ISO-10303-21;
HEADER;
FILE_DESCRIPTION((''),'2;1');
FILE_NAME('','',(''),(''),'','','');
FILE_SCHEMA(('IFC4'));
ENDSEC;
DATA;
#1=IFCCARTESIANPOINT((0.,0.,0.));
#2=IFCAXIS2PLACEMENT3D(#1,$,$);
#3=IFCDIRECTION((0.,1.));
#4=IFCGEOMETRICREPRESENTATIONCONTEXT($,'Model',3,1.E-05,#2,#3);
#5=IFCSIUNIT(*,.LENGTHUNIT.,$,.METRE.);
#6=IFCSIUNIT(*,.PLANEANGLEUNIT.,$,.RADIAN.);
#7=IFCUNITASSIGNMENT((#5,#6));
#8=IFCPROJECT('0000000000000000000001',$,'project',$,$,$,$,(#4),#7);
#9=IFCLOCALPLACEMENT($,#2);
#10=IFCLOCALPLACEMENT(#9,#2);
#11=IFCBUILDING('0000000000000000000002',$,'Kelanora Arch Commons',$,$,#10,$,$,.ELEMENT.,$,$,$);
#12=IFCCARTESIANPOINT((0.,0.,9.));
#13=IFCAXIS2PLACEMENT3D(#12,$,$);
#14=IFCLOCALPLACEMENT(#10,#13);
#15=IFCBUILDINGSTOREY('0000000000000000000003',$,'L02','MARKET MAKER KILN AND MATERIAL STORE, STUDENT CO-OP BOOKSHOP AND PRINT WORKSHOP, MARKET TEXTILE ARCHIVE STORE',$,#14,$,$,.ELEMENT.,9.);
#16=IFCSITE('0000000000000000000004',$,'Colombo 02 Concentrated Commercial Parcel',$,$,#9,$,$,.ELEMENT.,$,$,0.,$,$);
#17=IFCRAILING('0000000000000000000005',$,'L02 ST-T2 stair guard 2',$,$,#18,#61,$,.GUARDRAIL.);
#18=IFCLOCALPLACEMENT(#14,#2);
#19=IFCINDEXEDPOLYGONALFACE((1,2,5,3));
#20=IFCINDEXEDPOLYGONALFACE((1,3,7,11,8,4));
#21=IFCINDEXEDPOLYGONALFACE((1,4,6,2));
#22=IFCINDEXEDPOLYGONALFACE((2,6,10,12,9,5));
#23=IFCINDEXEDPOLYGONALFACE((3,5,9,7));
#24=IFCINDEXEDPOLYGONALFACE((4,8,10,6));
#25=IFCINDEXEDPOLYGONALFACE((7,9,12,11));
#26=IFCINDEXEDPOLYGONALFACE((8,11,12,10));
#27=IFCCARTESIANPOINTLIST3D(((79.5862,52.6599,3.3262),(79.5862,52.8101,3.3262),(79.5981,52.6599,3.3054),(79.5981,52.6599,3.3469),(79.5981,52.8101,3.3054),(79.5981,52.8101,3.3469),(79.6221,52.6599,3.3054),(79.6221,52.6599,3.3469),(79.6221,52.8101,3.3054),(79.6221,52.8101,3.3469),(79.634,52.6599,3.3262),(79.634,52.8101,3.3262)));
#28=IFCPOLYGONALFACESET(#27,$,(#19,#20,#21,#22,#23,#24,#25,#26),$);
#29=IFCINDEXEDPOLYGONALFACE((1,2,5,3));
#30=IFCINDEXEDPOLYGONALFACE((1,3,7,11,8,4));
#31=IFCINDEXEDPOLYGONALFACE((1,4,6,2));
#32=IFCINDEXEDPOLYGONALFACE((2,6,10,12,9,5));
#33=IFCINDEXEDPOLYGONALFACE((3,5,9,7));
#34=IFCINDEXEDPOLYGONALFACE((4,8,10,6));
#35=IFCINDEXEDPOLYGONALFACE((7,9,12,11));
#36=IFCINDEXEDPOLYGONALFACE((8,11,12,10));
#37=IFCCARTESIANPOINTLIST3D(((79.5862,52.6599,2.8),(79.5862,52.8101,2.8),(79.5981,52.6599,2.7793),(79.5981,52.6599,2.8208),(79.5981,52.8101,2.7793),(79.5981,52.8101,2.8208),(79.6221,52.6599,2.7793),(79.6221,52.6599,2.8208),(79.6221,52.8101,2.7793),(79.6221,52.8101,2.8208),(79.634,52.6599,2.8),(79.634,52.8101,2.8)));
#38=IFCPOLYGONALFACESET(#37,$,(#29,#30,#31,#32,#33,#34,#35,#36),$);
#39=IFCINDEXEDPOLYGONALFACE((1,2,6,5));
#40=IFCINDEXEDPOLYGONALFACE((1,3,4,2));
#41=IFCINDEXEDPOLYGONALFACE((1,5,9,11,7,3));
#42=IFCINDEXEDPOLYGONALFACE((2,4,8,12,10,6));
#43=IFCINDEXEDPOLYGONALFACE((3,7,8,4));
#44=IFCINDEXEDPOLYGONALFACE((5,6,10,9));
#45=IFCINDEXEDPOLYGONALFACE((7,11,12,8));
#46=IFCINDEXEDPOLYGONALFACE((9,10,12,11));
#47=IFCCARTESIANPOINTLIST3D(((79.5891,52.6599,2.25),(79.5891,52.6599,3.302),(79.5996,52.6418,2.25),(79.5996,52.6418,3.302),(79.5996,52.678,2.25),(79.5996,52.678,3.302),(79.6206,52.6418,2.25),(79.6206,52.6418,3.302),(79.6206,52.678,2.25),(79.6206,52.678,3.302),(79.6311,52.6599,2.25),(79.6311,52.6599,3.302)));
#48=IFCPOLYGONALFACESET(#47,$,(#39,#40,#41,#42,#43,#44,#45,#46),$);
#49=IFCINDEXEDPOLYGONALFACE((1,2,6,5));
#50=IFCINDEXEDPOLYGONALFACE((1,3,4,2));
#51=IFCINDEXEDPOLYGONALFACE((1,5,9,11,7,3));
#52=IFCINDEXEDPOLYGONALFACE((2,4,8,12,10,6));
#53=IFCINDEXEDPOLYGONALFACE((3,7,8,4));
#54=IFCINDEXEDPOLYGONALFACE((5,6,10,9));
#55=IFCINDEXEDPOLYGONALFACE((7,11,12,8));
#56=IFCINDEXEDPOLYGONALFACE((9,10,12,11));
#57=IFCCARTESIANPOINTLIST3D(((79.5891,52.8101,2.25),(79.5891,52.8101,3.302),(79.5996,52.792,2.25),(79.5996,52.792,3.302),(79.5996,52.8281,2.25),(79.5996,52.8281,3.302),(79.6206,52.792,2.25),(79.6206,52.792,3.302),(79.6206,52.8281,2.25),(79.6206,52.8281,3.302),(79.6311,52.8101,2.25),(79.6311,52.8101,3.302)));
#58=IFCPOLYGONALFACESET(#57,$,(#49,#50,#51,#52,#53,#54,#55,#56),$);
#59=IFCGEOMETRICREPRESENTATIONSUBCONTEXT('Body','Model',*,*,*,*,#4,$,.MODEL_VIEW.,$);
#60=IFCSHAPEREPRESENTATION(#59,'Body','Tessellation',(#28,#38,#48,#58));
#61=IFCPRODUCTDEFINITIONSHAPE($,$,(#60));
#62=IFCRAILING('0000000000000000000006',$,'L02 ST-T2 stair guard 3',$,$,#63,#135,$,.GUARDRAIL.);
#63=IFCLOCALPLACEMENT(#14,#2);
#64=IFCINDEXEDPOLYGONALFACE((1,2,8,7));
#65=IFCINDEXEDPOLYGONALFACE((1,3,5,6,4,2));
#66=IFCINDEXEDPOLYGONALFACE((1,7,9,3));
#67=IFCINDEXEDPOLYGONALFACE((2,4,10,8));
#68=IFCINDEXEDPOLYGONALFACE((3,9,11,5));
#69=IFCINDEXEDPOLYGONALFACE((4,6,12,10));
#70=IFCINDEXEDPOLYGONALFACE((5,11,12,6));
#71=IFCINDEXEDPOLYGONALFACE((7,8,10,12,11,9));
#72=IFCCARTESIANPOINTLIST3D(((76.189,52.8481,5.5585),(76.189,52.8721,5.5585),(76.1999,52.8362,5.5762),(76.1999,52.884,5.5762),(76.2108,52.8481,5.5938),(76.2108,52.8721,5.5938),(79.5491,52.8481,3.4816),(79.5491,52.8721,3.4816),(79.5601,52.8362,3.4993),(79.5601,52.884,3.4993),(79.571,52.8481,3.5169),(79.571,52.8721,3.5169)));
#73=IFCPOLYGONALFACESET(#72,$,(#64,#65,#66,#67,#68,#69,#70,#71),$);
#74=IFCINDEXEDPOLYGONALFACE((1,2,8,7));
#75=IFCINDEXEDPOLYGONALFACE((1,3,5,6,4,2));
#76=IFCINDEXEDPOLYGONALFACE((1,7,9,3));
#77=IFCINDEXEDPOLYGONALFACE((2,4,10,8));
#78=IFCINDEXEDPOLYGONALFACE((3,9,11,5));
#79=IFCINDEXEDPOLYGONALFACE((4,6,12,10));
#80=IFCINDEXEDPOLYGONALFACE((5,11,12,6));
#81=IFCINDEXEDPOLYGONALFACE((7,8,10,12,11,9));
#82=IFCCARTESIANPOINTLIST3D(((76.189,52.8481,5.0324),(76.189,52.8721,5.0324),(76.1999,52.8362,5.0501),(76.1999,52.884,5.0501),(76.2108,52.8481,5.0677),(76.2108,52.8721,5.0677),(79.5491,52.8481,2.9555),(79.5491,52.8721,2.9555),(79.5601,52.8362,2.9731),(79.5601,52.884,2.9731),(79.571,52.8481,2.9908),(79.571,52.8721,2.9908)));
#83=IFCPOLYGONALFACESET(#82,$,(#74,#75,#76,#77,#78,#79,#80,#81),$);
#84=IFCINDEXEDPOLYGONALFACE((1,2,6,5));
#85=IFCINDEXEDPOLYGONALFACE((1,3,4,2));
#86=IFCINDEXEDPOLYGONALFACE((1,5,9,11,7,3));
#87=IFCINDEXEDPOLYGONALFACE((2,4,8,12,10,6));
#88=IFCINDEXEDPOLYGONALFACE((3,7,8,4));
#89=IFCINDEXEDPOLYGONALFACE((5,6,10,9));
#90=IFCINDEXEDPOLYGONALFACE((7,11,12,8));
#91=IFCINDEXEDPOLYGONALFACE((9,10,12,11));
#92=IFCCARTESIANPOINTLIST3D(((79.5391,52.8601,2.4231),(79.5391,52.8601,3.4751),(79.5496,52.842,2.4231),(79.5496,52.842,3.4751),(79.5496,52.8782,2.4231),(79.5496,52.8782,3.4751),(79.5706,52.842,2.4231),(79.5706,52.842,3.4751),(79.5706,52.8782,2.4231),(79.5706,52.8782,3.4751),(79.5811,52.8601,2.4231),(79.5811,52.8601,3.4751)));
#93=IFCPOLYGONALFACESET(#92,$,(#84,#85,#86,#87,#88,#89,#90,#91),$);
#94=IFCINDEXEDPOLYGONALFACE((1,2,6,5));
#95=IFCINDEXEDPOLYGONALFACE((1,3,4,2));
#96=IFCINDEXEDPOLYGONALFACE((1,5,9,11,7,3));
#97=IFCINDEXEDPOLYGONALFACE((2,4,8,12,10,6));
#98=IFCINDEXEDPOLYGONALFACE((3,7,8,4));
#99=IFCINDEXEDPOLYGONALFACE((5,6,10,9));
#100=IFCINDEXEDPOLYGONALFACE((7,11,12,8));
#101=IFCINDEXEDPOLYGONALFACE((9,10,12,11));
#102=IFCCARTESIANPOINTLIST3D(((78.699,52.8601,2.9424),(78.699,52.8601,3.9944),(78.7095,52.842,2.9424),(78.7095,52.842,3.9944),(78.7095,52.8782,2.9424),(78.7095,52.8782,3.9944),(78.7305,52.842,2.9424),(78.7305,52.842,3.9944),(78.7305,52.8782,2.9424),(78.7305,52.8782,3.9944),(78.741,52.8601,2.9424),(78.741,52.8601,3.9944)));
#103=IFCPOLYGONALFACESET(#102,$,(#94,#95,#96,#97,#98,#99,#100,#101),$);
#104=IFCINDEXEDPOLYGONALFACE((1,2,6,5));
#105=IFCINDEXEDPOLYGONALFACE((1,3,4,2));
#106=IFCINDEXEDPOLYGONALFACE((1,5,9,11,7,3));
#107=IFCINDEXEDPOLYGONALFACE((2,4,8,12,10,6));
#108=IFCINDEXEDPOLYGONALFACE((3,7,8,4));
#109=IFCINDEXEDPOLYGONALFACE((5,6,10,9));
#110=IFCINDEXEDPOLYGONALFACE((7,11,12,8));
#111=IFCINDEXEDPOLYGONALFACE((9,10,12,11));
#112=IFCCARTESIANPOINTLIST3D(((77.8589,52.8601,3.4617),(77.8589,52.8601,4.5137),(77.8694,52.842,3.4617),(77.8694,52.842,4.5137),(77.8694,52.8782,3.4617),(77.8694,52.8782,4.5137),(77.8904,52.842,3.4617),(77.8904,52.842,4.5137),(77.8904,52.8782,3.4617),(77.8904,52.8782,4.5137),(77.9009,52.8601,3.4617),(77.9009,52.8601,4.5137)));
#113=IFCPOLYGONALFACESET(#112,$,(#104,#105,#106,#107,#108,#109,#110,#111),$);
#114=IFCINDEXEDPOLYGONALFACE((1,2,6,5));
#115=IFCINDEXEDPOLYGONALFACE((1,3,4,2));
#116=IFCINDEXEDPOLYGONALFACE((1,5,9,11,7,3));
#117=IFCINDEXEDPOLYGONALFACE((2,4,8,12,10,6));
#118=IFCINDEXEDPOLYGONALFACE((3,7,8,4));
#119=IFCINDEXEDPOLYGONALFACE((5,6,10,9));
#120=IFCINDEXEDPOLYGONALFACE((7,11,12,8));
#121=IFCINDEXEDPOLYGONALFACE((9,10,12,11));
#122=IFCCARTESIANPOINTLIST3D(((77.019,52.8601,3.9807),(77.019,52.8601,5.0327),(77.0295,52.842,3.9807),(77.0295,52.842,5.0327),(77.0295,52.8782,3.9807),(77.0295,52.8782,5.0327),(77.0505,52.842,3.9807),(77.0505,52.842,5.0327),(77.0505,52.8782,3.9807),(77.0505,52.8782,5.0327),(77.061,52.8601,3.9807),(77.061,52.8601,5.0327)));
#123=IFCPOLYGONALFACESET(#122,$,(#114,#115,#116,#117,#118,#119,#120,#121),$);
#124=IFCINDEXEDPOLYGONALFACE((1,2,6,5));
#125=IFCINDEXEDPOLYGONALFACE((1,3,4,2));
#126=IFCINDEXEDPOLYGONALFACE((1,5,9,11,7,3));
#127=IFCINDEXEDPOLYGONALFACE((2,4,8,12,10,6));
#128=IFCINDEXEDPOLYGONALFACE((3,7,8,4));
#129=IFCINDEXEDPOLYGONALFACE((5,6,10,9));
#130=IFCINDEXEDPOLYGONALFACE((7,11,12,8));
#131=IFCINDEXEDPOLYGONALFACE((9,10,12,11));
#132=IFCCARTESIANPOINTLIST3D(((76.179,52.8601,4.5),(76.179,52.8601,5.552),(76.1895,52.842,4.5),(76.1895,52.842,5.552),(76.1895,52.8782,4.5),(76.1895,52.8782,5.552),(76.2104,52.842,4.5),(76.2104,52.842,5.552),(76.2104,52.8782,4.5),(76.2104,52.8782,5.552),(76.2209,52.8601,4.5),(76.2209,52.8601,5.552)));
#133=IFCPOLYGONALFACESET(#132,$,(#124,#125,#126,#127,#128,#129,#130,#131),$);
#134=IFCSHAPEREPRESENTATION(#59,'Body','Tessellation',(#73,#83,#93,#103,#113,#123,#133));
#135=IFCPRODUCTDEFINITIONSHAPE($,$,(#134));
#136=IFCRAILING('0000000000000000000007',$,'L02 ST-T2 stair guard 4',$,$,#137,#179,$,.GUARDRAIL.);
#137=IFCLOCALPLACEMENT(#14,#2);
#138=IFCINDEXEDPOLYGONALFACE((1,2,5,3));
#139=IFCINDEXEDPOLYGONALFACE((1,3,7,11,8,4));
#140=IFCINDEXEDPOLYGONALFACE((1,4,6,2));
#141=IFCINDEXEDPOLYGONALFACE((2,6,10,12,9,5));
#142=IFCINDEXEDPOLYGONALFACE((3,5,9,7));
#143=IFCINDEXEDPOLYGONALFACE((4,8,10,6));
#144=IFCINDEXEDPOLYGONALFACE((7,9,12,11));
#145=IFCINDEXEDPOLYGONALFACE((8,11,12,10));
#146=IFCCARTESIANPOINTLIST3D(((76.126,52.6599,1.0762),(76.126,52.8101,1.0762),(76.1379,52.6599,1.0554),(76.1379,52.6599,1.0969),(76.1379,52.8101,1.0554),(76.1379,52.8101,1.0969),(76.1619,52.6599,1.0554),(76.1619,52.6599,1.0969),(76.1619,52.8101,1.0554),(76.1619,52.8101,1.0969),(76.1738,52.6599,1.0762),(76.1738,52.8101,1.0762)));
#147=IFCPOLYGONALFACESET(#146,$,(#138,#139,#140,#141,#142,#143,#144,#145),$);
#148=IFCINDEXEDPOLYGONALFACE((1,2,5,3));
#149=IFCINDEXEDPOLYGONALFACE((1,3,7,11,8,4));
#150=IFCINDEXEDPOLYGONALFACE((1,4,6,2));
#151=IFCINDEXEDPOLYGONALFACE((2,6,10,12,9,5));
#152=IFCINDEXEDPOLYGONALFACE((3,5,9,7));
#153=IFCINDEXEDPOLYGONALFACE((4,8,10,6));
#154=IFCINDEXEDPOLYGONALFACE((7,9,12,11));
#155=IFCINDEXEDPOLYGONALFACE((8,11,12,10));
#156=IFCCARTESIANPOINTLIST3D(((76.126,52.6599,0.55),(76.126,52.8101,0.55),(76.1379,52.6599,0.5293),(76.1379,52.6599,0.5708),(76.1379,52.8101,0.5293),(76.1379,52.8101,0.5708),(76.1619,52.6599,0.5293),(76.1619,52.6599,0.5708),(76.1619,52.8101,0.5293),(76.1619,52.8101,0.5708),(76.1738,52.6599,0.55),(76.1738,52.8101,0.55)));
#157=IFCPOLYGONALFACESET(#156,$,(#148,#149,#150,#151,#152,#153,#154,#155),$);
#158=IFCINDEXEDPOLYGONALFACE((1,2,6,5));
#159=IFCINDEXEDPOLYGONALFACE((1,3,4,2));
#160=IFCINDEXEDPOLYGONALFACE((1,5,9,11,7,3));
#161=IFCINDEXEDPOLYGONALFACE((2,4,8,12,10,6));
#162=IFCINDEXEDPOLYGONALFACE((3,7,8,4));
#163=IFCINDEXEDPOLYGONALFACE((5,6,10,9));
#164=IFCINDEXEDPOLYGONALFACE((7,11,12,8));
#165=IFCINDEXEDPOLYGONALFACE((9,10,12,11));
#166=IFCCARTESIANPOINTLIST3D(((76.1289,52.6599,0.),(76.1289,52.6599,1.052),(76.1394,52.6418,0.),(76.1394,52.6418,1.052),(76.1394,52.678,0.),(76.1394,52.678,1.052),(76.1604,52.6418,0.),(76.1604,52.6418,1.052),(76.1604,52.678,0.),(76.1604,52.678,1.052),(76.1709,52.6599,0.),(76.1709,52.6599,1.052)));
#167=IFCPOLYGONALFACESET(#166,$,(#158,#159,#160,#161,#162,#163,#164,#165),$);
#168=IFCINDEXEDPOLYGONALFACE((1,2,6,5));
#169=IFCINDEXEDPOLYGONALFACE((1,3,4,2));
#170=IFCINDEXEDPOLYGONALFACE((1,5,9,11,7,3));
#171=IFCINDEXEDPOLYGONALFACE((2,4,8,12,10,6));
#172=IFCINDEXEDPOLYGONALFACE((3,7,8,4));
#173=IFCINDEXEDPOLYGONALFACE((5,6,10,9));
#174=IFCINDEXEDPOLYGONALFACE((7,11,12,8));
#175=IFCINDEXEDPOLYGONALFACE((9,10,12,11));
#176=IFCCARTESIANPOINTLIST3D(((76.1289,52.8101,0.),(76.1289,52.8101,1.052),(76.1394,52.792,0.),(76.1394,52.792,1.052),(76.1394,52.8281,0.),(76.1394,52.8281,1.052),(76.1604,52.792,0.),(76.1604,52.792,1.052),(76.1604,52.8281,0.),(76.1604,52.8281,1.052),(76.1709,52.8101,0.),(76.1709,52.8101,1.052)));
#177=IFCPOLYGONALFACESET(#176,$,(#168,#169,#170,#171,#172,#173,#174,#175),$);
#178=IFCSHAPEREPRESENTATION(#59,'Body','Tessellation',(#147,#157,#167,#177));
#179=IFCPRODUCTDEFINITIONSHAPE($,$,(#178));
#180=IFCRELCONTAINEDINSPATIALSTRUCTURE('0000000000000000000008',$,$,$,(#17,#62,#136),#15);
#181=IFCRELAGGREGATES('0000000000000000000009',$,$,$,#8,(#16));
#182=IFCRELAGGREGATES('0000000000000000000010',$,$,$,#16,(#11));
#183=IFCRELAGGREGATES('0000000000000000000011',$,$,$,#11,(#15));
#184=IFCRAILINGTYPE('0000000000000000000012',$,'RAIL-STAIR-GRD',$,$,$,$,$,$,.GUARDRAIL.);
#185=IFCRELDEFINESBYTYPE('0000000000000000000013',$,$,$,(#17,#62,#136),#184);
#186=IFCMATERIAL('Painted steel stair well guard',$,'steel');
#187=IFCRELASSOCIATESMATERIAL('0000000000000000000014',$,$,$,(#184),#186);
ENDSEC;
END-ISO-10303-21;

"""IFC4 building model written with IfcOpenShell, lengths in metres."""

from ifc_helpers import new_model, si_unit, direction, frame, origin, place, context, subcontext, project, spatial, polyline, outline, extrude, material, type_object, element, save


model = new_model("IFC4")

# Units and contexts
model_context = context("Model", 3, precision=1e-05, world=origin(), true_north=direction((0.0, 1.0)))
body_context = subcontext(model_context, "Body", "Model", "MODEL_VIEW")
ifc_project = project(units=[si_unit("LENGTHUNIT", "METRE"), si_unit("PLANEANGLEUNIT", "RADIAN")], contexts=[model_context])

# Site, building, storey
site_placement = place(None, origin())
site = spatial("IfcSite", under=ifc_project, at=site_placement, Name="Colombo 02 Concentrated Commercial Parcel", CompositionType="ELEMENT", RefElevation=0.0)
building_placement = place(site_placement, origin())
building = spatial("IfcBuilding", under=site, at=building_placement, Name="Kelanora Arch Commons", CompositionType="ELEMENT")
storey_placement = place(building_placement, frame((0.0, 0.0, 9.0)))
storey = spatial("IfcBuildingStorey", under=building, at=storey_placement, Name="L02", Description="MARKET MAKER KILN AND MATERIAL STORE, STUDENT CO-OP BOOKSHOP AND PRINT WORKSHOP, MARKET TEXTILE ARCHIVE STORE", CompositionType="ELEMENT", Elevation=9.0)

# Railings
ifc_material_1 = material(Name="Painted steel stair well guard", Category="steel")
railing_type_1 = type_object("IfcRailingType", Name="RAIL-STAIR-GRD", PredefinedType="GUARDRAIL", material=ifc_material_1)
railing_1_placement = place(storey_placement, frame((79.6101, 52.6599, 2.25)))
element("IfcRailing", 1, at=railing_1_placement, inside=storey, type_object=railing_type_1, Name="L02 ST-T2 stair guard 2", PredefinedType="GUARDRAIL", context=body_context, shape_type="SweptSolid", body=[
    extrude(outline(polyline([(0.0239, 0.0), (0.012, 0.0208), (-0.012, 0.0208), (-0.0239, 0.0), (-0.012, -0.0208), (0.012, -0.0208), (0.0239, 0.0)])), frame((0.0, 0.0, 1.0762), z_axis=(0.0, 1.0, 0.0), x_axis=(-1.0, 0.0, 0.0)), (0.0, 0.0, 1.0), 0.1501),
    extrude(outline(polyline([(0.0239, 0.0), (0.012, 0.0208), (-0.012, 0.0208), (-0.0239, 0.0), (-0.012, -0.0208), (0.012, -0.0208), (0.0239, 0.0)])), frame((0.0, 0.0, 0.55), z_axis=(0.0, 1.0, 0.0), x_axis=(-1.0, 0.0, 0.0)), (0.0, 0.0, 1.0), 0.1501),
    extrude(outline(polyline([(0.021, 0.0), (0.0105, 0.0181), (-0.0105, 0.0181), (-0.021, 0.0), (-0.0105, -0.0181), (0.0105, -0.0181), (0.021, 0.0)])), origin(), (0.0, 0.0, 1.0), 1.052),
    extrude(outline(polyline([(0.021, 0.0), (0.0105, 0.0181), (-0.0105, 0.0181), (-0.021, 0.0), (-0.0105, -0.0181), (0.0105, -0.0181), (0.021, 0.0)])), frame((0.0, 0.1501, 0.0)), (0.0, 0.0, 1.0), 1.052),
])
railing_2_placement = place(storey_placement, frame((79.5601, 52.8601, 2.4231)))
element("IfcRailing", 2, at=railing_2_placement, inside=storey, type_object=railing_type_1, Name="L02 ST-T2 stair guard 3", PredefinedType="GUARDRAIL", context=body_context, shape_type="SweptSolid", body=[
    extrude(outline(polyline([(0.0239, 0.0), (0.012, 0.0208), (-0.012, 0.0208), (-0.0239, 0.0), (-0.012, -0.0208), (0.012, -0.0208), (0.0239, 0.0)])), frame((0.0, 0.0, 1.0762), z_axis=(-0.850623, 0.0, 0.525776), x_axis=(0.0, -1.0, 0.0)), (0.0, 0.0, 1.0), 3.9502),
    extrude(outline(polyline([(0.0239, 0.0), (0.012, 0.0208), (-0.012, 0.0208), (-0.0239, 0.0), (-0.012, -0.0208), (0.012, -0.0208), (0.0239, 0.0)])), frame((0.0, 0.0, 0.55), z_axis=(-0.850623, 0.0, 0.525776), x_axis=(0.0, -1.0, 0.0)), (0.0, 0.0, 1.0), 3.9502),
    extrude(outline(polyline([(0.021, 0.0), (0.0105, 0.0181), (-0.0105, 0.0181), (-0.021, 0.0), (-0.0105, -0.0181), (0.0105, -0.0181), (0.021, 0.0)])), origin(), (0.0, 0.0, 1.0), 1.052),
    extrude(outline(polyline([(0.021, 0.0), (0.0105, 0.0181), (-0.0105, 0.0181), (-0.021, 0.0), (-0.0105, -0.0181), (0.0105, -0.0181), (0.021, 0.0)])), frame((-0.8401, 0.0, 0.5193)), (0.0, 0.0, 1.0), 1.052),
    extrude(outline(polyline([(0.021, 0.0), (0.0105, 0.0181), (-0.0105, 0.0181), (-0.021, 0.0), (-0.0105, -0.0181), (0.0105, -0.0181), (0.021, 0.0)])), frame((-1.6802, 0.0, 1.0386)), (0.0, 0.0, 1.0), 1.052),
    extrude(outline(polyline([(0.021, 0.0), (0.0105, 0.0181), (-0.0105, 0.0181), (-0.021, 0.0), (-0.0105, -0.0181), (0.0105, -0.0181), (0.021, 0.0)])), frame((-2.52, 0.0, 1.5576)), (0.0, 0.0, 1.0), 1.052),
    extrude(outline(polyline([(0.021, 0.0), (0.0105, 0.0181), (-0.0105, 0.0181), (-0.021, 0.0), (-0.0105, -0.0181), (0.0105, -0.0181), (0.021, 0.0)])), frame((-3.3601, 0.0, 2.0769)), (0.0, 0.0, 1.0), 1.052),
])
railing_3_placement = place(storey_placement, frame((76.1499, 52.6599, 0.0)))
element("IfcRailing", 3, at=railing_3_placement, inside=storey, type_object=railing_type_1, Name="L02 ST-T2 stair guard 4", PredefinedType="GUARDRAIL", context=body_context, shape_type="SweptSolid", body=[
    extrude(outline(polyline([(0.0239, 0.0), (0.012, 0.0208), (-0.012, 0.0208), (-0.0239, 0.0), (-0.012, -0.0208), (0.012, -0.0208), (0.0239, 0.0)])), frame((0.0, 0.0, 1.0762), z_axis=(0.0, 1.0, 0.0), x_axis=(-1.0, 0.0, 0.0)), (0.0, 0.0, 1.0), 0.1501),
    extrude(outline(polyline([(0.0239, 0.0), (0.012, 0.0208), (-0.012, 0.0208), (-0.0239, 0.0), (-0.012, -0.0208), (0.012, -0.0208), (0.0239, 0.0)])), frame((0.0, 0.0, 0.55), z_axis=(0.0, 1.0, 0.0), x_axis=(-1.0, 0.0, 0.0)), (0.0, 0.0, 1.0), 0.1501),
    extrude(outline(polyline([(0.021, 0.0), (0.0105, 0.0181), (-0.0105, 0.0181), (-0.021, 0.0), (-0.0105, -0.0181), (0.0105, -0.0181), (0.021, 0.0)])), origin(), (0.0, 0.0, 1.0), 1.052),
    extrude(outline(polyline([(0.021, 0.0), (0.0105, 0.0181), (-0.0105, 0.0181), (-0.021, 0.0), (-0.0105, -0.0181), (0.0105, -0.0181), (0.021, 0.0)])), frame((0.0, 0.1501, 0.0)), (0.0, 0.0, 1.0), 1.052),
])

save(model, "model.ifc")
